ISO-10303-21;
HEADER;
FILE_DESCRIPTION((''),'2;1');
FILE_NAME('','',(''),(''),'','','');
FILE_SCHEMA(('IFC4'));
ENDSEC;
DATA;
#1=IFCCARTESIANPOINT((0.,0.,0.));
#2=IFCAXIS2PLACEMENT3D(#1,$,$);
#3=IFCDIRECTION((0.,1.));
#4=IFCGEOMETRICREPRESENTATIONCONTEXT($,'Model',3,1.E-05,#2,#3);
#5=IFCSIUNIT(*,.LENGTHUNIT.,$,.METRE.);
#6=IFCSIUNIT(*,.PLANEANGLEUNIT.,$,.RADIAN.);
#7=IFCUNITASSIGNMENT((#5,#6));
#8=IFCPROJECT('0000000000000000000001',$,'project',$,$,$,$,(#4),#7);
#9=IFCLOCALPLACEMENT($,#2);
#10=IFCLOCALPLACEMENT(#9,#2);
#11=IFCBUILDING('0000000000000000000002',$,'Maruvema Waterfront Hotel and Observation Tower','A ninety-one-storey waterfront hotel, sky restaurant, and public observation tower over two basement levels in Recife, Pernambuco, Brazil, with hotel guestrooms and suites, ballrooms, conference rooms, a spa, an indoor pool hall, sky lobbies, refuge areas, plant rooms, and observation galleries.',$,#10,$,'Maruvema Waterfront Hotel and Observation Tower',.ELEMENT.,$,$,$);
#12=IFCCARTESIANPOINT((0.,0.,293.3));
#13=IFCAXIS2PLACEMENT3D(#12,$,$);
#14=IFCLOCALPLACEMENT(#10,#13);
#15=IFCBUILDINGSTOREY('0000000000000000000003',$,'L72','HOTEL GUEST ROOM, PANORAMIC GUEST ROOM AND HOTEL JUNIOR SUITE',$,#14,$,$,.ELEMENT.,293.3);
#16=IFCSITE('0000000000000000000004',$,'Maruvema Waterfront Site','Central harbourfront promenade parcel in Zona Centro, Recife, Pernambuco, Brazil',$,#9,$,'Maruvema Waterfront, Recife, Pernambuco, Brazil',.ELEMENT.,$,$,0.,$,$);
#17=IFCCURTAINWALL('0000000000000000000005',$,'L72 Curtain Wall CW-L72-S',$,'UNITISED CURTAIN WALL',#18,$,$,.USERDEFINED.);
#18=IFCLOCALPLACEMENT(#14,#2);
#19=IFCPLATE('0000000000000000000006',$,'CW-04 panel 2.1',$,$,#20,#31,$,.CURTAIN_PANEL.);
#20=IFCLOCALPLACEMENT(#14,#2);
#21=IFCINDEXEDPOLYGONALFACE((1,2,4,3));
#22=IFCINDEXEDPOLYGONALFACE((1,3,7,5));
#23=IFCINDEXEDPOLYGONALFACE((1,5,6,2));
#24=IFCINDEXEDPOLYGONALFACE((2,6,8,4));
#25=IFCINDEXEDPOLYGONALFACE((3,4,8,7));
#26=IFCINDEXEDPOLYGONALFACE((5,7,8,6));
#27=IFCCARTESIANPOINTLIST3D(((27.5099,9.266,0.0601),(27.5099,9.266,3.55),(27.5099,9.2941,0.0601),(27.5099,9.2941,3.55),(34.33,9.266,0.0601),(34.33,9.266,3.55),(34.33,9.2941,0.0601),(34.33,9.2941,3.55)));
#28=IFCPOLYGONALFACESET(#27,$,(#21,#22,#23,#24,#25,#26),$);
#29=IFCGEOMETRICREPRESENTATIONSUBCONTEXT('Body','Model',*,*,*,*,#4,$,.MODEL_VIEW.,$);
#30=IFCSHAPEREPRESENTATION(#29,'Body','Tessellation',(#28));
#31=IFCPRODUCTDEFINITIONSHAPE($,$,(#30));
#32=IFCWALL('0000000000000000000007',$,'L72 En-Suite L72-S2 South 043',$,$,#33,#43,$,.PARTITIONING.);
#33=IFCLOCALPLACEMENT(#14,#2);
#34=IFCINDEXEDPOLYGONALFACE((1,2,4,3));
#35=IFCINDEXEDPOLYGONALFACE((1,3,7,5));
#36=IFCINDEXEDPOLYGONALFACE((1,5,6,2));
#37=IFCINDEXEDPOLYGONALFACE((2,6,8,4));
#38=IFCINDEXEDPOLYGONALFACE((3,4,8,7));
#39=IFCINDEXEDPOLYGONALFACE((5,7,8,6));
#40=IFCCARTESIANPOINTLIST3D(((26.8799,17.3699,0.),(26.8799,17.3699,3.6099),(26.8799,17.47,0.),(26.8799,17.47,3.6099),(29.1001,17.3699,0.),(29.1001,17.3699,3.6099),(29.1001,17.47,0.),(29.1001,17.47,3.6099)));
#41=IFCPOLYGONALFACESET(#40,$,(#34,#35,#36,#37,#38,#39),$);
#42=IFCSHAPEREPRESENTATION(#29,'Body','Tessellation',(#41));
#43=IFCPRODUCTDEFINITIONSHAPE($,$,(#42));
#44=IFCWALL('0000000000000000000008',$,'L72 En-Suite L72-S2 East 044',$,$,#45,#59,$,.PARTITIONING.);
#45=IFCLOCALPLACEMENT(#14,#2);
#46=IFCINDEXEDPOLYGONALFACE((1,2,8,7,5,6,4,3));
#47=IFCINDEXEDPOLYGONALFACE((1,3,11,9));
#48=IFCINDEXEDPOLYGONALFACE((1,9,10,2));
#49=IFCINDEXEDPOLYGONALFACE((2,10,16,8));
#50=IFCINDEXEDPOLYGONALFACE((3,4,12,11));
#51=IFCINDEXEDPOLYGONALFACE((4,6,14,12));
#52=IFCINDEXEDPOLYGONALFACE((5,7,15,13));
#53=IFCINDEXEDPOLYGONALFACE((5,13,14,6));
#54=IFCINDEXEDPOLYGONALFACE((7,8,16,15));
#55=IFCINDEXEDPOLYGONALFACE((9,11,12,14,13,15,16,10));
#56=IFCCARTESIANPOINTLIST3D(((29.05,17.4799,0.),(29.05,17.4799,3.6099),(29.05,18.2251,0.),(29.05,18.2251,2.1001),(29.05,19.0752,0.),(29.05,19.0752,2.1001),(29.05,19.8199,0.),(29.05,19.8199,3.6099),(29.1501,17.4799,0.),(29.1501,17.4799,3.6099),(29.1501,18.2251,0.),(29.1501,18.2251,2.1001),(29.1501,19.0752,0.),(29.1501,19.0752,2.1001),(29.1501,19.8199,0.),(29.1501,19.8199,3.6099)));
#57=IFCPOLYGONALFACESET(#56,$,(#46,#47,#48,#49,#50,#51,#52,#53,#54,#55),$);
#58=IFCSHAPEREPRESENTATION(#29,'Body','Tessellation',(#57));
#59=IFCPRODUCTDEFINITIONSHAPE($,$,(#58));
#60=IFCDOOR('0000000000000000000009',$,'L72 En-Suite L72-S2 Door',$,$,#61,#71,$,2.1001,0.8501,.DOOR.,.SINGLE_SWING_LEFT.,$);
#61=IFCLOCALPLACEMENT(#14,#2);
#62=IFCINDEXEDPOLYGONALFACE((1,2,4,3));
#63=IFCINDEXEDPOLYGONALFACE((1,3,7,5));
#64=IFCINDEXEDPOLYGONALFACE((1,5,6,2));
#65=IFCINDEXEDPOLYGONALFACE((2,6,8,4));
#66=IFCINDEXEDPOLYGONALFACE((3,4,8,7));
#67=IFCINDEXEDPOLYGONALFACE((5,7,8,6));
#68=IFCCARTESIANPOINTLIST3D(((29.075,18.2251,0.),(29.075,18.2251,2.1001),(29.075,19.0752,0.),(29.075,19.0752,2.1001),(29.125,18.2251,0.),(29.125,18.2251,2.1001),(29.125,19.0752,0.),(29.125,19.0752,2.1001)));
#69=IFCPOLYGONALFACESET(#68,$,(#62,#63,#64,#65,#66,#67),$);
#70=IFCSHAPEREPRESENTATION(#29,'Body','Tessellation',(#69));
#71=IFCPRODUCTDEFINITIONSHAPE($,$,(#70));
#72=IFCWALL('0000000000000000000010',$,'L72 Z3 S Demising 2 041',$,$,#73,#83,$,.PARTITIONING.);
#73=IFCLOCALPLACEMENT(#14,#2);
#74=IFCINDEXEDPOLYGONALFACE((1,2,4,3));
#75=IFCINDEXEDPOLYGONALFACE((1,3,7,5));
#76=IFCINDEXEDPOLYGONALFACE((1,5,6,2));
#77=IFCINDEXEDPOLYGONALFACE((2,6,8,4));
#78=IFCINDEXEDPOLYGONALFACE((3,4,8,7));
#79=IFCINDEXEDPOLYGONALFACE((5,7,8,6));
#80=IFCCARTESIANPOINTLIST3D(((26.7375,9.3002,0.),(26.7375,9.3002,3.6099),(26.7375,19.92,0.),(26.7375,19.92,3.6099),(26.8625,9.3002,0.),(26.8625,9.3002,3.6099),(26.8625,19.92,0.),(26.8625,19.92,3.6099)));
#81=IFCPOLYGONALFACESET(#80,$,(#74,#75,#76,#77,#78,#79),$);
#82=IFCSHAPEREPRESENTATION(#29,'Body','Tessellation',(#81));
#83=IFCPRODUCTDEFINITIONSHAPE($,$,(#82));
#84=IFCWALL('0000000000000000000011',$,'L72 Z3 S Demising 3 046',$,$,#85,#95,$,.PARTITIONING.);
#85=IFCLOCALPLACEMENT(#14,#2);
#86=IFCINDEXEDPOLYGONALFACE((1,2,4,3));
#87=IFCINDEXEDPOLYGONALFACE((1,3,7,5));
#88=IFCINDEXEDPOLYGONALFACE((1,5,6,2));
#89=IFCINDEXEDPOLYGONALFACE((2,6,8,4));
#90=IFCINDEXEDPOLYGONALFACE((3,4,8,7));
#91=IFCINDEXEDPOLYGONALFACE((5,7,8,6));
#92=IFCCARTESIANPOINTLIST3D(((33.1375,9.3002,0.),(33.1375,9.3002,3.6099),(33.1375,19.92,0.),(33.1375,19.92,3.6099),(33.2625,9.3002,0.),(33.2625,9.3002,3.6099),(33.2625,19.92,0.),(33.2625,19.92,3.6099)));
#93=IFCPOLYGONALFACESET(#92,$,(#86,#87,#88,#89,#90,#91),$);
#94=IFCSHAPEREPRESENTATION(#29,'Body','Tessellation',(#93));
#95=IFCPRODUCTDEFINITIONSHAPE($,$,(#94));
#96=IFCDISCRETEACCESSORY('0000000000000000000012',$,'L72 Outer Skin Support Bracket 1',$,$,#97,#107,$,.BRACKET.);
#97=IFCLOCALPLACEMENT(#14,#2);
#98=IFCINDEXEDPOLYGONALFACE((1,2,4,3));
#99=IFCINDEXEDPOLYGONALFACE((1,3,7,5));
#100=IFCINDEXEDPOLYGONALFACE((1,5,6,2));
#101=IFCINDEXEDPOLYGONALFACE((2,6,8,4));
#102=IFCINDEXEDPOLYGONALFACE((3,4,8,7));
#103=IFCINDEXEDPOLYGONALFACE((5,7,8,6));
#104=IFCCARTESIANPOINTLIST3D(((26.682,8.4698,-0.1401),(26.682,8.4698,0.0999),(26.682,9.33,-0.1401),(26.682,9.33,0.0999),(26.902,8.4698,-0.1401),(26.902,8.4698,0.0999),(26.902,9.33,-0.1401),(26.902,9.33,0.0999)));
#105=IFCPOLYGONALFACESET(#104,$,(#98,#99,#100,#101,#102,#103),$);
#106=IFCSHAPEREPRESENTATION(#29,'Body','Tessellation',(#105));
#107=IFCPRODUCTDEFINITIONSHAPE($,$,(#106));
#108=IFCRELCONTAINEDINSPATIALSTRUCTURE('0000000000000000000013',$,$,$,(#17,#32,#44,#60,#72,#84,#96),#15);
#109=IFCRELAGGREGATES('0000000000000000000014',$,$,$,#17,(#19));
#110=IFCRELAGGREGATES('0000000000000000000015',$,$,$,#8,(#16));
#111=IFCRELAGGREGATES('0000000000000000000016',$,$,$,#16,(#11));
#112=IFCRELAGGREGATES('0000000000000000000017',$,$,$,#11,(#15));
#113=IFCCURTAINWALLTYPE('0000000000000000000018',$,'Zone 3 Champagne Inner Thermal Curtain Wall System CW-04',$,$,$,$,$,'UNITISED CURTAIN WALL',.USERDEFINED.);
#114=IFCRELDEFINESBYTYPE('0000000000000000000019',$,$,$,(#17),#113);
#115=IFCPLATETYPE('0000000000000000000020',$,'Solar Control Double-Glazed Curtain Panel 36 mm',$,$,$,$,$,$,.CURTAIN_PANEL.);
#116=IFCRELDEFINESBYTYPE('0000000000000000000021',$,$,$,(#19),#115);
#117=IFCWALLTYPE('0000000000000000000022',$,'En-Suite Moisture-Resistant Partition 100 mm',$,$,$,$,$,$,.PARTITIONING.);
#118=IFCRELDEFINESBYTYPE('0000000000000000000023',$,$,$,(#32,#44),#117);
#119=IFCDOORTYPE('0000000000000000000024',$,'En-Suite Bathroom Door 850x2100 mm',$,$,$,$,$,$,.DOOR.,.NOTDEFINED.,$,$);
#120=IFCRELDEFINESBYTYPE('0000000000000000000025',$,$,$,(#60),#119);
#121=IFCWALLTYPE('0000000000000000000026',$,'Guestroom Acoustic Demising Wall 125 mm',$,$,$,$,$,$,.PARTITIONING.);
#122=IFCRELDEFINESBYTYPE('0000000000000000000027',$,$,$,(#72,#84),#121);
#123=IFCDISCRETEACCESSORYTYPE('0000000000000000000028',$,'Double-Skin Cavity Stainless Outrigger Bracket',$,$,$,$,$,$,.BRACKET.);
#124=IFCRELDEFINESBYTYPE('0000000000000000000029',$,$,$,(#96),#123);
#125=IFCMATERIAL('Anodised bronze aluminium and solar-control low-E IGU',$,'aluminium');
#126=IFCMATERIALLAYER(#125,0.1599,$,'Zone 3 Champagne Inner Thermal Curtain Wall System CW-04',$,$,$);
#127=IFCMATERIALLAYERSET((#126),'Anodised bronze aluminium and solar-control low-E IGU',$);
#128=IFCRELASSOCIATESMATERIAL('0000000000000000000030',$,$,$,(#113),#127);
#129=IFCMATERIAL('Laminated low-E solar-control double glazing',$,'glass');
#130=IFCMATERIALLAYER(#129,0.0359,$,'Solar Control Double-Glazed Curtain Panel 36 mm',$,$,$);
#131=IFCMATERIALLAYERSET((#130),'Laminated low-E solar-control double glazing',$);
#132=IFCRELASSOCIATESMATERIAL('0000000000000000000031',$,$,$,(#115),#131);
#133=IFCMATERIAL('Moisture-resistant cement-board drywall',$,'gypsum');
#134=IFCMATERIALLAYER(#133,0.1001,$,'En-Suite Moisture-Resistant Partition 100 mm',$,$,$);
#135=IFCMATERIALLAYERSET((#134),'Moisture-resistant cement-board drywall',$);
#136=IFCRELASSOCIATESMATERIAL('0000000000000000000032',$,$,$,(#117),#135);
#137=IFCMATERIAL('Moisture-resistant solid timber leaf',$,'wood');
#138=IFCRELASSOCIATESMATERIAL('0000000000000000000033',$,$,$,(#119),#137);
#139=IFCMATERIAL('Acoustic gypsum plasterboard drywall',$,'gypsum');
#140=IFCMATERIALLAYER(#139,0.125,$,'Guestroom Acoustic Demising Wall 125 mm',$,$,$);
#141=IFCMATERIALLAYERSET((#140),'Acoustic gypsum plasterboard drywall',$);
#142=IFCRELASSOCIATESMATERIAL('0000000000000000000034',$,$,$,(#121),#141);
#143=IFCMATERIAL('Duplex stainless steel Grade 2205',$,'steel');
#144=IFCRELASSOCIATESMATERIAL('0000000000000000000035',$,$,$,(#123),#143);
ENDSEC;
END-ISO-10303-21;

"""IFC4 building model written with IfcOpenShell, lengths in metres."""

from ifc_helpers import new_model, si_unit, direction, frame, frame_2d, origin, origin_2d, place, context, subcontext, project, spatial, rectangle, extrude, material, layer, layer_set, type_object, element, fill, aggregate, save


model = new_model("IFC4")

# Units and contexts
model_context = context("Model", 3, precision=1e-05, world=origin(), true_north=direction((0.0, 1.0)))
body_context = subcontext(model_context, "Body", "Model", "MODEL_VIEW")
ifc_project = project(units=[si_unit("LENGTHUNIT", "METRE"), si_unit("PLANEANGLEUNIT", "RADIAN")], contexts=[model_context])

# Site, building, storey
site_placement = place(None, origin())
site = spatial("IfcSite", under=ifc_project, at=site_placement, Name="Maruvema Waterfront Site", Description="Central harbourfront promenade parcel in Zona Centro, Recife, Pernambuco, Brazil", LongName="Maruvema Waterfront, Recife, Pernambuco, Brazil", CompositionType="ELEMENT", RefElevation=0.0)
building_placement = place(site_placement, origin())
building = spatial("IfcBuilding", under=site, at=building_placement, Name="Maruvema Waterfront Hotel and Observation Tower", Description="A ninety-one-storey waterfront hotel, sky restaurant, and public observation tower over two basement levels in Recife, Pernambuco, Brazil, with hotel guestrooms and suites, ballrooms, conference rooms, a spa, an indoor pool hall, sky lobbies, refuge areas, plant rooms, and observation galleries.", LongName="Maruvema Waterfront Hotel and Observation Tower", CompositionType="ELEMENT")
storey_placement = place(building_placement, frame((0.0, 0.0, 293.3)))
storey = spatial("IfcBuildingStorey", under=building, at=storey_placement, Name="L72", Description="HOTEL GUEST ROOM, PANORAMIC GUEST ROOM AND HOTEL JUNIOR SUITE", CompositionType="ELEMENT", Elevation=293.3)

# Curtain wall
ifc_material_1 = material(Name="Anodised bronze aluminium and solar-control low-E IGU", Category="aluminium")
ifc_layer_1 = layer(ifc_material_1, 0.1599, Name="Zone 3 Champagne Inner Thermal Curtain Wall System CW-04")
ifc_layer_set_1 = layer_set([ifc_layer_1], Name="Anodised bronze aluminium and solar-control low-E IGU")
curtain_wall_type = type_object("IfcCurtainWallType", Name="Zone 3 Champagne Inner Thermal Curtain Wall System CW-04", ElementType="UNITISED CURTAIN WALL", PredefinedType="USERDEFINED", material=ifc_layer_set_1)
curtain_wall_placement = place(storey_placement, origin())
curtain_wall = element("IfcCurtainWall", 1, at=curtain_wall_placement, inside=storey, type_object=curtain_wall_type, Name="L72 Curtain Wall CW-L72-S", ObjectType="UNITISED CURTAIN WALL", PredefinedType="USERDEFINED")

# Plate
ifc_material_2 = material(Name="Laminated low-E solar-control double glazing", Category="glass")
ifc_layer_2 = layer(ifc_material_2, 0.0359, Name="Solar Control Double-Glazed Curtain Panel 36 mm")
ifc_layer_set_2 = layer_set([ifc_layer_2], Name="Laminated low-E solar-control double glazing")
plate_type = type_object("IfcPlateType", Name="Solar Control Double-Glazed Curtain Panel 36 mm", PredefinedType="CURTAIN_PANEL", material=ifc_layer_set_2)
plate_placement = place(storey_placement, frame((30.9199, 9.28, 0.0601), z_axis=(0.0, 0.0, 1.0), x_axis=(1.0, 0.0, 0.0)))
plate = element("IfcPlate", 2, at=plate_placement, type_object=plate_type, Name="CW-04 panel 2.1", PredefinedType="CURTAIN_PANEL", context=body_context, shape_type="SweptSolid", body=[
    extrude(rectangle(XDim=6.8201, YDim=0.0281, at=origin_2d()), origin(), (0.0, 0.0, 1.0), 3.49),
])
aggregate(curtain_wall, [plate])

# Wall
ifc_material_3 = material(Name="Moisture-resistant cement-board drywall", Category="gypsum")
ifc_layer_3 = layer(ifc_material_3, 0.1001, Name="En-Suite Moisture-Resistant Partition 100 mm")
ifc_layer_set_3 = layer_set([ifc_layer_3], Name="Moisture-resistant cement-board drywall")
wall_type_1 = type_object("IfcWallType", Name="En-Suite Moisture-Resistant Partition 100 mm", PredefinedType="PARTITIONING", material=ifc_layer_set_3)
wall_1_placement = place(storey_placement, frame((26.8799, 17.4199, 0.0), z_axis=(0.0, 0.0, 1.0), x_axis=(1.0, 0.0, 0.0)))
element("IfcWall", 3, at=wall_1_placement, inside=storey, type_object=wall_type_1, Name="L72 En-Suite L72-S2 South 043", PredefinedType="PARTITIONING", context=body_context, shape_type="SweptSolid", body=[
    extrude(rectangle(XDim=2.2202, YDim=0.1001, at=frame_2d((1.1101, 0.0))), origin(), (0.0, 0.0, 1.0), 3.6099),
])

# Wall, opening, door
wall_2_placement = place(storey_placement, frame((29.1001, 17.48, 0.0), z_axis=(0.0, 0.0, 1.0), x_axis=(0.0, 1.0, 0.0)))
wall_2 = element("IfcWall", 4, at=wall_2_placement, inside=storey, type_object=wall_type_1, Name="L72 En-Suite L72-S2 East 044", PredefinedType="PARTITIONING", context=body_context, shape_type="SweptSolid", body=[
    extrude(rectangle(XDim=2.3401, YDim=0.1001, at=frame_2d((1.1699, 0.0))), origin(), (0.0, 0.0, 1.0), 3.6099),
])
opening_placement = place(wall_2_placement, frame((0.7451, 0.0, 0.0)))
opening = element("IfcOpeningElement", 5, at=opening_placement, cuts=wall_2, PredefinedType="OPENING", context=body_context, shape_type="SweptSolid", body=[
    extrude(rectangle(XDim=0.8501, YDim=2.1001, at=frame_2d((0.425, 1.05))), frame((0.0, 0.0601, 0.0), z_axis=(0.0, -1.0, 0.0), x_axis=(1.0, 0.0, 0.0)), (0.0, 0.0, 1.0), 0.1201),
])
ifc_material_4 = material(Name="Moisture-resistant solid timber leaf", Category="wood")
door_type = type_object("IfcDoorType", Name="En-Suite Bathroom Door 850x2100 mm", OperationType="NOTDEFINED", PredefinedType="DOOR", material=ifc_material_4)
door_placement = place(opening_placement, frame((0.8501, 0.0, 0.0), z_axis=(0.0, 0.0, 1.0), x_axis=(-1.0, 0.0, 0.0)))
door = element("IfcDoor", 6, at=door_placement, inside=storey, type_object=door_type, Name="L72 En-Suite L72-S2 Door", OperationType="SINGLE_SWING_LEFT", OverallHeight=2.1001, OverallWidth=0.8501, PredefinedType="DOOR", context=body_context, shape_type="SweptSolid", body=[
    extrude(rectangle(XDim=0.8501, YDim=2.1001, at=frame_2d((0.425, 1.05))), frame((0.0, 0.0249, 0.0), z_axis=(0.0, -1.0, 0.0), x_axis=(1.0, 0.0, 0.0)), (0.0, 0.0, 1.0), 0.05),
])
fill(opening, door)

# Walls
ifc_material_5 = material(Name="Acoustic gypsum plasterboard drywall", Category="gypsum")
ifc_layer_4 = layer(ifc_material_5, 0.125, Name="Guestroom Acoustic Demising Wall 125 mm")
ifc_layer_set_4 = layer_set([ifc_layer_4], Name="Acoustic gypsum plasterboard drywall")
wall_type_2 = type_object("IfcWallType", Name="Guestroom Acoustic Demising Wall 125 mm", PredefinedType="PARTITIONING", material=ifc_layer_set_4)
for number, where, z_axis, x_axis, name in (
    (7, (26.8, 9.3, 0.0), (0.0, 0.0, 1.0), (0.0, 1.0, 0.0), "L72 Z3 S Demising 2 041"),
    (8, (33.2, 9.3, 0.0), (0.0, 0.0, 1.0), (0.0, 1.0, 0.0), "L72 Z3 S Demising 3 046"),
):
    element("IfcWall", number, at=place(storey_placement, frame(where, z_axis=z_axis, x_axis=x_axis)), inside=storey, type_object=wall_type_2, Name=name, PredefinedType="PARTITIONING", context=body_context, shape_type="SweptSolid", body=[
        extrude(rectangle(XDim=10.6199, YDim=0.125, at=frame_2d((5.3101, 0.0))), origin(), (0.0, 0.0, 1.0), 3.6099),
    ])

# Discrete accessory
ifc_material_6 = material(Name="Duplex stainless steel Grade 2205", Category="steel")
discrete_accessory_type = type_object("IfcDiscreteAccessoryType", Name="Double-Skin Cavity Stainless Outrigger Bracket", PredefinedType="BRACKET", material=ifc_material_6)
discrete_accessory_placement = place(storey_placement, frame((26.792, 8.8999, -0.1401), z_axis=(0.0, 0.0, 1.0), x_axis=(1.0, 0.0, 0.0)))
element("IfcDiscreteAccessory", 9, at=discrete_accessory_placement, inside=storey, type_object=discrete_accessory_type, Name="L72 Outer Skin Support Bracket 1", PredefinedType="BRACKET", context=body_context, shape_type="SweptSolid", body=[
    extrude(rectangle(XDim=0.22, YDim=0.8601, at=origin_2d()), origin(), (0.0, 0.0, 1.0), 0.24),
])

save(model, "model.ifc")
